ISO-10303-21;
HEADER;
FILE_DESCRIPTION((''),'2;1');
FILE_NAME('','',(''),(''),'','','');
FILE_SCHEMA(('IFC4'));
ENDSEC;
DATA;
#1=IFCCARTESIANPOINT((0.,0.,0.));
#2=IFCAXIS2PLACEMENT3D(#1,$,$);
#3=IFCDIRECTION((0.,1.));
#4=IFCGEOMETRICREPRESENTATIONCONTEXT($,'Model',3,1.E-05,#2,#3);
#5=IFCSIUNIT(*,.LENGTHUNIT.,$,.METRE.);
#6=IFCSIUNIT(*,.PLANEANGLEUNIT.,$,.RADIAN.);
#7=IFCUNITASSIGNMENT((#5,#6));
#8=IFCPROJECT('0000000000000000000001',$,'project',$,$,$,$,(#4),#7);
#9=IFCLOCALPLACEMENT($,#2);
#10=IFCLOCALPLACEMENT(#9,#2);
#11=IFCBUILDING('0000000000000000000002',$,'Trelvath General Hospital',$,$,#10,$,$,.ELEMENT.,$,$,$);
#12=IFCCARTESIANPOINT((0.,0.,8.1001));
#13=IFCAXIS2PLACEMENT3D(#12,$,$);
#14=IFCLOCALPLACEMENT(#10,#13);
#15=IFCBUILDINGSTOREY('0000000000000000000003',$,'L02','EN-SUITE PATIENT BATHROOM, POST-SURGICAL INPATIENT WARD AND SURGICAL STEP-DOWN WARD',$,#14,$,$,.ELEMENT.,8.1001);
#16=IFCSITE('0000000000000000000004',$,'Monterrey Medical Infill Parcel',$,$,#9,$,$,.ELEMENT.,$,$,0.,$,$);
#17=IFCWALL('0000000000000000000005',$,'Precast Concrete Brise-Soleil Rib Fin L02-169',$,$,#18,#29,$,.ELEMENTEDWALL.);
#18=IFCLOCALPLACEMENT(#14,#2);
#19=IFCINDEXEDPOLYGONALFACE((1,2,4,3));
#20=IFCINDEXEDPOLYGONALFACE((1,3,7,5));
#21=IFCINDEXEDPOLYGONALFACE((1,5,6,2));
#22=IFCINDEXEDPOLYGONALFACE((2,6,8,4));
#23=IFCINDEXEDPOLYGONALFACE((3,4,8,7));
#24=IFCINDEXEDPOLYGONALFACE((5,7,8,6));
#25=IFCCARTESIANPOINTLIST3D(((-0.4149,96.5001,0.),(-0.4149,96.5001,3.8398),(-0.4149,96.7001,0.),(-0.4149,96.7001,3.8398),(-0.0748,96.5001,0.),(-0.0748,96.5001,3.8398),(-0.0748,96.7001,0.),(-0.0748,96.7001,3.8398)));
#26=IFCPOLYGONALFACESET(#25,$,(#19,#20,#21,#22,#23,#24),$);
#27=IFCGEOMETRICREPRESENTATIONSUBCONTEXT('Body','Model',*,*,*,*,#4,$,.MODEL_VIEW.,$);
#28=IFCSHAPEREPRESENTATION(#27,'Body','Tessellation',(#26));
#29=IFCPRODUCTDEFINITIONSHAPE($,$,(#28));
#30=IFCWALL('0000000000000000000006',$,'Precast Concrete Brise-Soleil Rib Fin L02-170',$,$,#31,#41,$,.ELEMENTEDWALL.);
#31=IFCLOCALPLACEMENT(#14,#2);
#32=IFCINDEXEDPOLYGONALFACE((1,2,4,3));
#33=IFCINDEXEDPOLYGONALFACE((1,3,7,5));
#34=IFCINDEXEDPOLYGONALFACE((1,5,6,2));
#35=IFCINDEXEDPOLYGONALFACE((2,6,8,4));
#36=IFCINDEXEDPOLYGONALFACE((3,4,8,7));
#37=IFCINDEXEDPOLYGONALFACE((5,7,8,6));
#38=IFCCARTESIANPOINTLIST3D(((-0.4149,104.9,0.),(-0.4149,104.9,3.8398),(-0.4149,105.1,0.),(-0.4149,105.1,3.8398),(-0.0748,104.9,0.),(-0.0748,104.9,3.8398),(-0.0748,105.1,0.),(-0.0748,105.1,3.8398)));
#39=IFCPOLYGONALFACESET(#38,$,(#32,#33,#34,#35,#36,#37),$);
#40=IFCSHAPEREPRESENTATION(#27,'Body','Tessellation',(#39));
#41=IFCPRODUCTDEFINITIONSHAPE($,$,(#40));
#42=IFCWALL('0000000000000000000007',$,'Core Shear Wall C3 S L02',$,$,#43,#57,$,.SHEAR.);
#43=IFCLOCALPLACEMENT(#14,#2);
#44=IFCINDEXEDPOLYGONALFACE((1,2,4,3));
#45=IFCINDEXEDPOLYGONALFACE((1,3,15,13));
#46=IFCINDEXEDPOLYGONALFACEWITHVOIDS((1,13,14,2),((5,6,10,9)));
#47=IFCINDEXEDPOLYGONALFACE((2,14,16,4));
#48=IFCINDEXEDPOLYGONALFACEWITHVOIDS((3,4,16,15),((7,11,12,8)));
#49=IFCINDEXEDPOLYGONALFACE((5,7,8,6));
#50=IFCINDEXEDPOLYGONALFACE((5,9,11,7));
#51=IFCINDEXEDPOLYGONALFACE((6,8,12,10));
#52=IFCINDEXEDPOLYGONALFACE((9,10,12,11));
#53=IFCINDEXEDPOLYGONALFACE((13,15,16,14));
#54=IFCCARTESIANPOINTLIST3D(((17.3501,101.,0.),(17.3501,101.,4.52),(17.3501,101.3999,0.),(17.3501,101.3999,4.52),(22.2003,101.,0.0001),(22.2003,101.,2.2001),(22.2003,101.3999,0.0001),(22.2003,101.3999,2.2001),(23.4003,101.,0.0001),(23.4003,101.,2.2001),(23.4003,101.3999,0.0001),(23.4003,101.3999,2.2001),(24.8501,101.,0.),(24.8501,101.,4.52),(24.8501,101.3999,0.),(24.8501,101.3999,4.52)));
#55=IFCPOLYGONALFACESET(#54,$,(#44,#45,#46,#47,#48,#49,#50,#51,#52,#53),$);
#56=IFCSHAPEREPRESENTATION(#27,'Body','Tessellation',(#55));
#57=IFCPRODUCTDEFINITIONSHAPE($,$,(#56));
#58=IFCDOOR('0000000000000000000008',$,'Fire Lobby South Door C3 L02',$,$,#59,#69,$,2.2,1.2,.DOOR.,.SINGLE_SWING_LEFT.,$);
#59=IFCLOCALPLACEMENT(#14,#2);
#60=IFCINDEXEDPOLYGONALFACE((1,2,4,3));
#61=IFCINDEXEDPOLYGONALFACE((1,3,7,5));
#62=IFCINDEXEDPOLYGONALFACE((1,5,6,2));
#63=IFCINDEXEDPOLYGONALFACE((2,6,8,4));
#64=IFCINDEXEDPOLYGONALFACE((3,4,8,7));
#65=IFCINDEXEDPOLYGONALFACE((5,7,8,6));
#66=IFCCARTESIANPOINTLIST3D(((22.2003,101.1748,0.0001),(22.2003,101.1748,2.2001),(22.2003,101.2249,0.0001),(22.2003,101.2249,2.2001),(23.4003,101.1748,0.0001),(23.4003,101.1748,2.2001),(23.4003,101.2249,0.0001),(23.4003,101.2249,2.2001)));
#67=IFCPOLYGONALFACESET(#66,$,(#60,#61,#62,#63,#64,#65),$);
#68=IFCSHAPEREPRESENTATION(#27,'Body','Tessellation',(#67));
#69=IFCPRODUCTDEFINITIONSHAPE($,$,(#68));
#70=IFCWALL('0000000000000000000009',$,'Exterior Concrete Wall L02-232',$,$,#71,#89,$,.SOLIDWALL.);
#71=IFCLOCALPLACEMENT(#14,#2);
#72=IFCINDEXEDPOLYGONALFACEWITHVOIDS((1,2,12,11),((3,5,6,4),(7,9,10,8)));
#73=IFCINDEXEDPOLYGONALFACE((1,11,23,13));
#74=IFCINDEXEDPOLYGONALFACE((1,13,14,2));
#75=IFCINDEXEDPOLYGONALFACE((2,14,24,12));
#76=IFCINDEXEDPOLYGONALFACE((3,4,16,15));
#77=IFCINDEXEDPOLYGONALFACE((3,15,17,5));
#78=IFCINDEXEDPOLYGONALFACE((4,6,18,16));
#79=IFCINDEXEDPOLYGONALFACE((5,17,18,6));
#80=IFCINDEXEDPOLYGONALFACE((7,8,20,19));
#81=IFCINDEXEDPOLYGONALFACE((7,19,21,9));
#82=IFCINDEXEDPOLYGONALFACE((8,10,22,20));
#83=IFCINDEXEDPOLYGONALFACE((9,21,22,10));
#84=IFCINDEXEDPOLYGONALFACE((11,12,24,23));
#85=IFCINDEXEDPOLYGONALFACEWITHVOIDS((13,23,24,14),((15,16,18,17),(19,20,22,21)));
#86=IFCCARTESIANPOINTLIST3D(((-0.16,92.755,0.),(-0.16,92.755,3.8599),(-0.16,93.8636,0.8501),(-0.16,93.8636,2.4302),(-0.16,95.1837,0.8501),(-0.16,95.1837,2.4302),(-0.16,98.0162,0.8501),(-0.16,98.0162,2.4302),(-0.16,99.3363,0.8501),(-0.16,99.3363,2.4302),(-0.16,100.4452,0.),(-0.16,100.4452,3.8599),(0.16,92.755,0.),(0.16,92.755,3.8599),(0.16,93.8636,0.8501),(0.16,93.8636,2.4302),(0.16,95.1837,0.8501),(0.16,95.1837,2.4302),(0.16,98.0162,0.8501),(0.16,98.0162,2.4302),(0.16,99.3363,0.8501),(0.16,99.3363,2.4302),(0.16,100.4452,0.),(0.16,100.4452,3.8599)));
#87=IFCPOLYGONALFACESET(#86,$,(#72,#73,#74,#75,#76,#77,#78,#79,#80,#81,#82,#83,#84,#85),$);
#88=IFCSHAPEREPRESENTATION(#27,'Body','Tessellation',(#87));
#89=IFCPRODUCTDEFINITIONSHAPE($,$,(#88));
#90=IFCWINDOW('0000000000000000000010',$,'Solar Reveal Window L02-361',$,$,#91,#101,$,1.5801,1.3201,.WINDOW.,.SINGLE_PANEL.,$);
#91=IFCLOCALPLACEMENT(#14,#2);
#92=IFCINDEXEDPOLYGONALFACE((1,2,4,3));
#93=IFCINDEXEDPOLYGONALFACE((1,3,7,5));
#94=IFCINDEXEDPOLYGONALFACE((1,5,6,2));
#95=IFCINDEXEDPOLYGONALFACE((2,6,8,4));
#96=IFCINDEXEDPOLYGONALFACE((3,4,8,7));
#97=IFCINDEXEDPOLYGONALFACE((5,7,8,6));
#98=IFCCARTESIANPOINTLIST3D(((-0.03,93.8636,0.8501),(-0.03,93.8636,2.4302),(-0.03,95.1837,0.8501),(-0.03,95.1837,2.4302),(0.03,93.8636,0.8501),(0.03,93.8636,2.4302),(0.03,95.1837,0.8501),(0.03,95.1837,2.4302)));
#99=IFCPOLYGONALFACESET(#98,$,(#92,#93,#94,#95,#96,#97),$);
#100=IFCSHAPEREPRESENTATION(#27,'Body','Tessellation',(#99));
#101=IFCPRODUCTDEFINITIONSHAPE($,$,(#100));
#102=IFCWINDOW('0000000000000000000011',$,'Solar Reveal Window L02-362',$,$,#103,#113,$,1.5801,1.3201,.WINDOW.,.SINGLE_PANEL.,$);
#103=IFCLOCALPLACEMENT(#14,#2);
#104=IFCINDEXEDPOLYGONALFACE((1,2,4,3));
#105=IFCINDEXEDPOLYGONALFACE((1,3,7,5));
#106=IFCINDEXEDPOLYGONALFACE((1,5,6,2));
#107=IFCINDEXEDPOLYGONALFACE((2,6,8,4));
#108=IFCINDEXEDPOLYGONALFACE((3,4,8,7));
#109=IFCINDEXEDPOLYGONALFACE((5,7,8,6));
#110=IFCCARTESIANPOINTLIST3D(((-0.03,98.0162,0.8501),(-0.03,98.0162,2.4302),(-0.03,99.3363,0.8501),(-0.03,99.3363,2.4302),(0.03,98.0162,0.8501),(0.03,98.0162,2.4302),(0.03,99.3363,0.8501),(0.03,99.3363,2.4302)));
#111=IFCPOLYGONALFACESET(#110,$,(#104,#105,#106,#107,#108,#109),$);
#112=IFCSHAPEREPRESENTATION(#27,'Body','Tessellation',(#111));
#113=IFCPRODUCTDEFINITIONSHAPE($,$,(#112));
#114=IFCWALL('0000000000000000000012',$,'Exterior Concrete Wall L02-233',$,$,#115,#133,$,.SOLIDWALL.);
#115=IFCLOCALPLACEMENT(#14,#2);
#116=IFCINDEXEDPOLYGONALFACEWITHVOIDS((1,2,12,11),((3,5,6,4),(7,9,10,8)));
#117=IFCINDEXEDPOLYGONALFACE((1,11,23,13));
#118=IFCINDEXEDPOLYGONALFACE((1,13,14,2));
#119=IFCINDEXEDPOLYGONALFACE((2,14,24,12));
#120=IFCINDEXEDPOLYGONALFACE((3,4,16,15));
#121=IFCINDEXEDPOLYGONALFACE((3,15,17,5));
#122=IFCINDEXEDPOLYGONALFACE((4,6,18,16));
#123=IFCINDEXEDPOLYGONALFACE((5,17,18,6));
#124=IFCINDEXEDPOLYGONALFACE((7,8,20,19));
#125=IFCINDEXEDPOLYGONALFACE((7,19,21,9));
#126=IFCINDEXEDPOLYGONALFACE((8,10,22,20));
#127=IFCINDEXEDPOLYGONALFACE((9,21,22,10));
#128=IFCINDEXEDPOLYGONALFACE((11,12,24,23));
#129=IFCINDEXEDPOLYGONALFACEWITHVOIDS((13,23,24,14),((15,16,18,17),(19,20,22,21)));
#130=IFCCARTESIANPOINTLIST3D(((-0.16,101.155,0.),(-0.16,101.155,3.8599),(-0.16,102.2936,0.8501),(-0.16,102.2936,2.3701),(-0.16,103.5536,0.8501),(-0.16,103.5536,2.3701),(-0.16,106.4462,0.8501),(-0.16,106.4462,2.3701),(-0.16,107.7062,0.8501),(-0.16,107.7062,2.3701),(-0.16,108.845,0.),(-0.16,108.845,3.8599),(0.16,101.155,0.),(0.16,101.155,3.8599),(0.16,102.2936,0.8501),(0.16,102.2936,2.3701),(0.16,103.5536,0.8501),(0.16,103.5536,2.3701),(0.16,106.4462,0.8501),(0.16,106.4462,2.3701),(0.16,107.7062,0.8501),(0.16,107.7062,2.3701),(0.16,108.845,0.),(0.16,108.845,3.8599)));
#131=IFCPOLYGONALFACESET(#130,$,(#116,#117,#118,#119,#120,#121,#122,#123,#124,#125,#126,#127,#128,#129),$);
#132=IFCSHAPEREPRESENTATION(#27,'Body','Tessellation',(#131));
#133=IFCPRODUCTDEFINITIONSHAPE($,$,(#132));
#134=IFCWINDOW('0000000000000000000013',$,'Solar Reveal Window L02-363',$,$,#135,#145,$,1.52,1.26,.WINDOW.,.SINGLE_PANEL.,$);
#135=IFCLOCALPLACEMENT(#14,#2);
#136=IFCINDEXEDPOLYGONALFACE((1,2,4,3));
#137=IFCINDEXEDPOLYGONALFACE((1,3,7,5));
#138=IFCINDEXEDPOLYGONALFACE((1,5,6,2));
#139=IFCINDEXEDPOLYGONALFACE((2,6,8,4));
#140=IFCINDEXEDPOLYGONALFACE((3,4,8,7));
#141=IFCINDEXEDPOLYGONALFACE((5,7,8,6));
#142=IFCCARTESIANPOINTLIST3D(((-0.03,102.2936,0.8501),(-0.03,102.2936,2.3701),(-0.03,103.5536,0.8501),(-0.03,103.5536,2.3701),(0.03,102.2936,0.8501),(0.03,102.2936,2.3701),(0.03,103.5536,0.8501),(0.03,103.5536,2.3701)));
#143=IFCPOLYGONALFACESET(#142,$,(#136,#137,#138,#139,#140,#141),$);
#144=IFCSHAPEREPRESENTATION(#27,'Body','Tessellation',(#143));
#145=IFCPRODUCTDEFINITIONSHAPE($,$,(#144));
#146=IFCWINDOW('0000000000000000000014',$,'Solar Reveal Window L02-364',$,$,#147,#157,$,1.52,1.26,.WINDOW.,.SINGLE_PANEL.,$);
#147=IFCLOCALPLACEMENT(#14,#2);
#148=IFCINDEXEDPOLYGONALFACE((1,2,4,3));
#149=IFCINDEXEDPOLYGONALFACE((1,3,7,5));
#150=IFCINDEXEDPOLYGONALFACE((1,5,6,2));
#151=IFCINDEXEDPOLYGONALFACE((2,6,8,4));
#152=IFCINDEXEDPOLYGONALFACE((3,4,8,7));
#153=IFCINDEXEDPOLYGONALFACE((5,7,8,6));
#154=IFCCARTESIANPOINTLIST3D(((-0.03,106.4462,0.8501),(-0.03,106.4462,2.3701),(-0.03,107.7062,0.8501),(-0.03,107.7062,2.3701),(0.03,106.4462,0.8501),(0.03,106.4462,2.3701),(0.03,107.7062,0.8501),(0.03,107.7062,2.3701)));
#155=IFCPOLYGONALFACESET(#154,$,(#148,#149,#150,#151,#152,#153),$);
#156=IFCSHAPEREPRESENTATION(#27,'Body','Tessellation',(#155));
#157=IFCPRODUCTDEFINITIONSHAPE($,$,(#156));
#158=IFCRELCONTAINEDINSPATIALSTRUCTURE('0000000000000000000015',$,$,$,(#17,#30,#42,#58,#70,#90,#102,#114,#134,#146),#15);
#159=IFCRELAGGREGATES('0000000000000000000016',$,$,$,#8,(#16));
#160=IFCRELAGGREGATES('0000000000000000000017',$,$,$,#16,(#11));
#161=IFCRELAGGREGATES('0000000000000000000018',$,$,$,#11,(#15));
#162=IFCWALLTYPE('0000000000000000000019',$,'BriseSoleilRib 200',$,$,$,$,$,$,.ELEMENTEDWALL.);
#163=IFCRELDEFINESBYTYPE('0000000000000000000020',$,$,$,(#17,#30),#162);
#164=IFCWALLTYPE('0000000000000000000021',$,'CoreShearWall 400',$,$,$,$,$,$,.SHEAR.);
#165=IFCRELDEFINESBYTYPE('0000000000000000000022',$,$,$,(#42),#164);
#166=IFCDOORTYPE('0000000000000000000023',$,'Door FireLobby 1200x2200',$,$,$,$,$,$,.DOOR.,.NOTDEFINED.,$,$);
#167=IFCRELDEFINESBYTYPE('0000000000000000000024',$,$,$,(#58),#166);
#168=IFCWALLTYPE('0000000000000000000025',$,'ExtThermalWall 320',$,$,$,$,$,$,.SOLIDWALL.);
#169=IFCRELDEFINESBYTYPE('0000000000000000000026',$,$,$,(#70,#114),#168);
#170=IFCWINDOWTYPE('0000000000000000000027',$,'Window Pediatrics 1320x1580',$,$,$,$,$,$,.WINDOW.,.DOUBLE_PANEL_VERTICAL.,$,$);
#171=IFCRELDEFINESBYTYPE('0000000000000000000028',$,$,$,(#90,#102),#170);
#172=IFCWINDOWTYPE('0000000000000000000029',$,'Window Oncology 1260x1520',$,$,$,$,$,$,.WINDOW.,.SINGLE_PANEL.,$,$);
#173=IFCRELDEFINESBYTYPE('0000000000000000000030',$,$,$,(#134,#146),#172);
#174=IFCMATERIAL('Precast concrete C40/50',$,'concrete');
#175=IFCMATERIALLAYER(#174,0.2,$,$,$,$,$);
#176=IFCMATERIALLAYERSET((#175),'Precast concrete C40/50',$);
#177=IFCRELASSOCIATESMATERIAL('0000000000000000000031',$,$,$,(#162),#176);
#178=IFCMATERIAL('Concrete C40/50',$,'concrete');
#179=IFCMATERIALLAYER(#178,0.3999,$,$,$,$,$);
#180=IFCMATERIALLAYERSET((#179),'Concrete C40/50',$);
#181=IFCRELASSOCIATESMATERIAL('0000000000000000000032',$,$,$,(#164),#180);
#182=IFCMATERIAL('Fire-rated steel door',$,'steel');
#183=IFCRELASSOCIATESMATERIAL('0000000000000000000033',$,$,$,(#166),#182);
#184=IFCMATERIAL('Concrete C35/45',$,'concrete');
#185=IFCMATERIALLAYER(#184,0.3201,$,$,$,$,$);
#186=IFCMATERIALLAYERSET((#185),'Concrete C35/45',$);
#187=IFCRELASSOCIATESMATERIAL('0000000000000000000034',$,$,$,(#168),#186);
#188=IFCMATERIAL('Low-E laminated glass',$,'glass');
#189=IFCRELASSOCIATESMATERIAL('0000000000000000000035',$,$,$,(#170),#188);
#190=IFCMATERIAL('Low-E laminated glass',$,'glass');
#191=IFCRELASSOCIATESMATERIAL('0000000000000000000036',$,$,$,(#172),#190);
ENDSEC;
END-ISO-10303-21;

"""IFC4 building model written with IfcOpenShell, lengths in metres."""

from ifc_helpers import new_model, si_unit, direction, frame, frame_2d, origin, place, context, subcontext, project, spatial, rectangle, extrude, material, layer, layer_set, type_object, element, fill, save


model = new_model("IFC4")

# Units and contexts
model_context = context("Model", 3, precision=1e-05, world=origin(), true_north=direction((0.0, 1.0)))
body_context = subcontext(model_context, "Body", "Model", "MODEL_VIEW")
ifc_project = project(units=[si_unit("LENGTHUNIT", "METRE"), si_unit("PLANEANGLEUNIT", "RADIAN")], contexts=[model_context])

# Site, building, storey
site_placement = place(None, origin())
site = spatial("IfcSite", under=ifc_project, at=site_placement, Name="Monterrey Medical Infill Parcel", CompositionType="ELEMENT", RefElevation=0.0)
building_placement = place(site_placement, origin())
building = spatial("IfcBuilding", under=site, at=building_placement, Name="Trelvath General Hospital", CompositionType="ELEMENT")
storey_placement = place(building_placement, frame((0.0, 0.0, 8.1001)))
storey = spatial("IfcBuildingStorey", under=building, at=storey_placement, Name="L02", Description="EN-SUITE PATIENT BATHROOM, POST-SURGICAL INPATIENT WARD AND SURGICAL STEP-DOWN WARD", CompositionType="ELEMENT", Elevation=8.1001)

# Walls
ifc_material_1 = material(Name="Precast concrete C40/50", Category="concrete")
ifc_layer_1 = layer(ifc_material_1, 0.2)
ifc_layer_set_1 = layer_set([ifc_layer_1], Name="Precast concrete C40/50")
wall_type_1 = type_object("IfcWallType", Name="BriseSoleilRib 200", PredefinedType="ELEMENTEDWALL", material=ifc_layer_set_1)
for number, where, z_axis, x_axis, name in (
    (1, (-0.075, 96.6001, 0.0), (0.0, 0.0, 1.0), (-1.0, 0.0, 0.0), "Precast Concrete Brise-Soleil Rib Fin L02-169"),
    (2, (-0.075, 105.0, 0.0), (0.0, 0.0, 1.0), (-1.0, 0.0, 0.0), "Precast Concrete Brise-Soleil Rib Fin L02-170"),
):
    element("IfcWall", number, at=place(storey_placement, frame(where, z_axis=z_axis, x_axis=x_axis)), inside=storey, type_object=wall_type_1, Name=name, PredefinedType="ELEMENTEDWALL", context=body_context, shape_type="SweptSolid", body=[
        extrude(rectangle(XDim=0.3401, YDim=0.2, at=frame_2d((0.1699, 0.0))), origin(), (0.0, 0.0, 1.0), 3.8398),
    ])

# Wall, opening, door
ifc_material_2 = material(Name="Concrete C40/50", Category="concrete")
ifc_layer_2 = layer(ifc_material_2, 0.3999)
ifc_layer_set_2 = layer_set([ifc_layer_2], Name="Concrete C40/50")
wall_type_2 = type_object("IfcWallType", Name="CoreShearWall 400", PredefinedType="SHEAR", material=ifc_layer_set_2)
wall_1_placement = place(storey_placement, frame((17.3501, 101.2, 0.0), z_axis=(0.0, 0.0, 1.0), x_axis=(1.0, 0.0, 0.0)))
wall_1 = element("IfcWall", 3, at=wall_1_placement, inside=storey, type_object=wall_type_2, Name="Core Shear Wall C3 S L02", PredefinedType="SHEAR", context=body_context, shape_type="SweptSolid", body=[
    extrude(rectangle(XDim=7.5, YDim=0.3999, at=frame_2d((3.75, 0.0))), origin(), (0.0, 0.0, 1.0), 4.52),
])
opening_1_placement = place(wall_1_placement, frame((4.8501, 0.0, 0.0)))
opening_1 = element("IfcOpeningElement", 4, at=opening_1_placement, cuts=wall_1, PredefinedType="OPENING", context=body_context, shape_type="SweptSolid", body=[
    extrude(rectangle(XDim=1.2, YDim=2.2, at=frame_2d((0.6001, 1.1001))), frame((0.0, 0.21, 0.0), z_axis=(0.0, -1.0, 0.0), x_axis=(1.0, 0.0, 0.0)), (0.0, 0.0, 1.0), 0.4199),
])
ifc_material_3 = material(Name="Fire-rated steel door", Category="steel")
door_type_1 = type_object("IfcDoorType", Name="Door FireLobby 1200x2200", OperationType="NOTDEFINED", PredefinedType="DOOR", material=ifc_material_3)
door_1_placement = place(opening_1_placement, origin())
door_1 = element("IfcDoor", 5, at=door_1_placement, inside=storey, type_object=door_type_1, Name="Fire Lobby South Door C3 L02", OperationType="SINGLE_SWING_LEFT", OverallHeight=2.2, OverallWidth=1.2, PredefinedType="DOOR", context=body_context, shape_type="SweptSolid", body=[
    extrude(rectangle(XDim=1.2, YDim=2.2, at=frame_2d((0.6001, 1.1001))), frame((0.0, 0.0249, 0.0), z_axis=(0.0, -1.0, 0.0), x_axis=(1.0, 0.0, 0.0)), (0.0, 0.0, 1.0), 0.05),
])
fill(opening_1, door_1)

# Walls, openings, windows
ifc_material_4 = material(Name="Concrete C35/45", Category="concrete")
ifc_layer_3 = layer(ifc_material_4, 0.3201)
ifc_layer_set_3 = layer_set([ifc_layer_3], Name="Concrete C35/45")
wall_type_3 = type_object("IfcWallType", Name="ExtThermalWall 320", PredefinedType="SOLIDWALL", material=ifc_layer_set_3)
wall_2_placement = place(storey_placement, frame((0.0, 92.7549, 0.0), z_axis=(0.0, 0.0, 1.0), x_axis=(0.0, 1.0, 0.0)))
wall_2 = element("IfcWall", 6, at=wall_2_placement, inside=storey, type_object=wall_type_3, Name="Exterior Concrete Wall L02-232", PredefinedType="SOLIDWALL", context=body_context, shape_type="SweptSolid", body=[
    extrude(rectangle(XDim=7.6902, YDim=0.3201, at=frame_2d((3.8452, 0.0))), origin(), (0.0, 0.0, 1.0), 3.8599),
])
opening_2_placement = place(wall_2_placement, frame((1.1086, 0.0, 0.8501)))
opening_2 = element("IfcOpeningElement", 7, at=opening_2_placement, cuts=wall_2, PredefinedType="OPENING", context=body_context, shape_type="SweptSolid", body=[
    extrude(rectangle(XDim=1.3201, YDim=1.5801, at=frame_2d((0.6602, 0.79))), frame((0.0, 0.1699, 0.0), z_axis=(0.0, -1.0, 0.0), x_axis=(1.0, 0.0, 0.0)), (0.0, 0.0, 1.0), 0.3401),
])
opening_3_placement = place(wall_2_placement, frame((5.2612, 0.0, 0.8501)))
opening_3 = element("IfcOpeningElement", 8, at=opening_3_placement, cuts=wall_2, PredefinedType="OPENING", context=body_context, shape_type="SweptSolid", body=[
    extrude(rectangle(XDim=1.3201, YDim=1.5801, at=frame_2d((0.6602, 0.79))), frame((0.0, 0.1699, 0.0), z_axis=(0.0, -1.0, 0.0), x_axis=(1.0, 0.0, 0.0)), (0.0, 0.0, 1.0), 0.3401),
])
ifc_material_5 = material(Name="Low-E laminated glass", Category="glass")
window_type_1 = type_object("IfcWindowType", Name="Window Pediatrics 1320x1580", PartitioningType="DOUBLE_PANEL_VERTICAL", PredefinedType="WINDOW", material=ifc_material_5)
window_1_placement = place(opening_2_placement, origin())
window_1 = element("IfcWindow", 9, at=window_1_placement, inside=storey, type_object=window_type_1, Name="Solar Reveal Window L02-361", OverallHeight=1.5801, OverallWidth=1.3201, PartitioningType="SINGLE_PANEL", PredefinedType="WINDOW", context=body_context, shape_type="SweptSolid", body=[
    extrude(rectangle(XDim=1.3201, YDim=1.5801, at=frame_2d((0.6602, 0.79))), frame((0.0, 0.03, 0.0), z_axis=(0.0, -1.0, 0.0), x_axis=(1.0, 0.0, 0.0)), (0.0, 0.0, 1.0), 0.0601),
])
fill(opening_2, window_1)
window_2_placement = place(opening_3_placement, origin())
window_2 = element("IfcWindow", 10, at=window_2_placement, inside=storey, type_object=window_type_1, Name="Solar Reveal Window L02-362", OverallHeight=1.5801, OverallWidth=1.3201, PartitioningType="SINGLE_PANEL", PredefinedType="WINDOW", context=body_context, shape_type="SweptSolid", body=[
    extrude(rectangle(XDim=1.3201, YDim=1.5801, at=frame_2d((0.6602, 0.79))), frame((0.0, 0.03, 0.0), z_axis=(0.0, -1.0, 0.0), x_axis=(1.0, 0.0, 0.0)), (0.0, 0.0, 1.0), 0.0601),
])
fill(opening_3, window_2)
wall_3_placement = place(storey_placement, frame((0.0, 101.155, 0.0), z_axis=(0.0, 0.0, 1.0), x_axis=(0.0, 1.0, 0.0)))
wall_3 = element("IfcWall", 11, at=wall_3_placement, inside=storey, type_object=wall_type_3, Name="Exterior Concrete Wall L02-233", PredefinedType="SOLIDWALL", context=body_context, shape_type="SweptSolid", body=[
    extrude(rectangle(XDim=7.6899, YDim=0.3201, at=frame_2d((3.845, 0.0))), origin(), (0.0, 0.0, 1.0), 3.8599),
])
opening_4_placement = place(wall_3_placement, frame((1.1387, 0.0, 0.8501)))
opening_4 = element("IfcOpeningElement", 12, at=opening_4_placement, cuts=wall_3, PredefinedType="OPENING", context=body_context, shape_type="SweptSolid", body=[
    extrude(rectangle(XDim=1.26, YDim=1.52, at=frame_2d((0.6299, 0.76))), frame((0.0, 0.1699, 0.0), z_axis=(0.0, -1.0, 0.0), x_axis=(1.0, 0.0, 0.0)), (0.0, 0.0, 1.0), 0.3401),
])
opening_5_placement = place(wall_3_placement, frame((5.2913, 0.0, 0.8501)))
opening_5 = element("IfcOpeningElement", 13, at=opening_5_placement, cuts=wall_3, PredefinedType="OPENING", context=body_context, shape_type="SweptSolid", body=[
    extrude(rectangle(XDim=1.26, YDim=1.52, at=frame_2d((0.6299, 0.76))), frame((0.0, 0.1699, 0.0), z_axis=(0.0, -1.0, 0.0), x_axis=(1.0, 0.0, 0.0)), (0.0, 0.0, 1.0), 0.3401),
])
ifc_material_6 = material(Name="Low-E laminated glass", Category="glass")
window_type_2 = type_object("IfcWindowType", Name="Window Oncology 1260x1520", PartitioningType="SINGLE_PANEL", PredefinedType="WINDOW", material=ifc_material_6)
window_3_placement = place(opening_4_placement, origin())
window_3 = element("IfcWindow", 14, at=window_3_placement, inside=storey, type_object=window_type_2, Name="Solar Reveal Window L02-363", OverallHeight=1.52, OverallWidth=1.26, PartitioningType="SINGLE_PANEL", PredefinedType="WINDOW", context=body_context, shape_type="SweptSolid", body=[
    extrude(rectangle(XDim=1.26, YDim=1.52, at=frame_2d((0.6299, 0.76))), frame((0.0, 0.03, 0.0), z_axis=(0.0, -1.0, 0.0), x_axis=(1.0, 0.0, 0.0)), (0.0, 0.0, 1.0), 0.0601),
])
fill(opening_4, window_3)
window_4_placement = place(opening_5_placement, origin())
window_4 = element("IfcWindow", 15, at=window_4_placement, inside=storey, type_object=window_type_2, Name="Solar Reveal Window L02-364", OverallHeight=1.52, OverallWidth=1.26, PartitioningType="SINGLE_PANEL", PredefinedType="WINDOW", context=body_context, shape_type="SweptSolid", body=[
    extrude(rectangle(XDim=1.26, YDim=1.52, at=frame_2d((0.6299, 0.76))), frame((0.0, 0.03, 0.0), z_axis=(0.0, -1.0, 0.0), x_axis=(1.0, 0.0, 0.0)), (0.0, 0.0, 1.0), 0.0601),
])
fill(opening_5, window_4)

save(model, "model.ifc")
